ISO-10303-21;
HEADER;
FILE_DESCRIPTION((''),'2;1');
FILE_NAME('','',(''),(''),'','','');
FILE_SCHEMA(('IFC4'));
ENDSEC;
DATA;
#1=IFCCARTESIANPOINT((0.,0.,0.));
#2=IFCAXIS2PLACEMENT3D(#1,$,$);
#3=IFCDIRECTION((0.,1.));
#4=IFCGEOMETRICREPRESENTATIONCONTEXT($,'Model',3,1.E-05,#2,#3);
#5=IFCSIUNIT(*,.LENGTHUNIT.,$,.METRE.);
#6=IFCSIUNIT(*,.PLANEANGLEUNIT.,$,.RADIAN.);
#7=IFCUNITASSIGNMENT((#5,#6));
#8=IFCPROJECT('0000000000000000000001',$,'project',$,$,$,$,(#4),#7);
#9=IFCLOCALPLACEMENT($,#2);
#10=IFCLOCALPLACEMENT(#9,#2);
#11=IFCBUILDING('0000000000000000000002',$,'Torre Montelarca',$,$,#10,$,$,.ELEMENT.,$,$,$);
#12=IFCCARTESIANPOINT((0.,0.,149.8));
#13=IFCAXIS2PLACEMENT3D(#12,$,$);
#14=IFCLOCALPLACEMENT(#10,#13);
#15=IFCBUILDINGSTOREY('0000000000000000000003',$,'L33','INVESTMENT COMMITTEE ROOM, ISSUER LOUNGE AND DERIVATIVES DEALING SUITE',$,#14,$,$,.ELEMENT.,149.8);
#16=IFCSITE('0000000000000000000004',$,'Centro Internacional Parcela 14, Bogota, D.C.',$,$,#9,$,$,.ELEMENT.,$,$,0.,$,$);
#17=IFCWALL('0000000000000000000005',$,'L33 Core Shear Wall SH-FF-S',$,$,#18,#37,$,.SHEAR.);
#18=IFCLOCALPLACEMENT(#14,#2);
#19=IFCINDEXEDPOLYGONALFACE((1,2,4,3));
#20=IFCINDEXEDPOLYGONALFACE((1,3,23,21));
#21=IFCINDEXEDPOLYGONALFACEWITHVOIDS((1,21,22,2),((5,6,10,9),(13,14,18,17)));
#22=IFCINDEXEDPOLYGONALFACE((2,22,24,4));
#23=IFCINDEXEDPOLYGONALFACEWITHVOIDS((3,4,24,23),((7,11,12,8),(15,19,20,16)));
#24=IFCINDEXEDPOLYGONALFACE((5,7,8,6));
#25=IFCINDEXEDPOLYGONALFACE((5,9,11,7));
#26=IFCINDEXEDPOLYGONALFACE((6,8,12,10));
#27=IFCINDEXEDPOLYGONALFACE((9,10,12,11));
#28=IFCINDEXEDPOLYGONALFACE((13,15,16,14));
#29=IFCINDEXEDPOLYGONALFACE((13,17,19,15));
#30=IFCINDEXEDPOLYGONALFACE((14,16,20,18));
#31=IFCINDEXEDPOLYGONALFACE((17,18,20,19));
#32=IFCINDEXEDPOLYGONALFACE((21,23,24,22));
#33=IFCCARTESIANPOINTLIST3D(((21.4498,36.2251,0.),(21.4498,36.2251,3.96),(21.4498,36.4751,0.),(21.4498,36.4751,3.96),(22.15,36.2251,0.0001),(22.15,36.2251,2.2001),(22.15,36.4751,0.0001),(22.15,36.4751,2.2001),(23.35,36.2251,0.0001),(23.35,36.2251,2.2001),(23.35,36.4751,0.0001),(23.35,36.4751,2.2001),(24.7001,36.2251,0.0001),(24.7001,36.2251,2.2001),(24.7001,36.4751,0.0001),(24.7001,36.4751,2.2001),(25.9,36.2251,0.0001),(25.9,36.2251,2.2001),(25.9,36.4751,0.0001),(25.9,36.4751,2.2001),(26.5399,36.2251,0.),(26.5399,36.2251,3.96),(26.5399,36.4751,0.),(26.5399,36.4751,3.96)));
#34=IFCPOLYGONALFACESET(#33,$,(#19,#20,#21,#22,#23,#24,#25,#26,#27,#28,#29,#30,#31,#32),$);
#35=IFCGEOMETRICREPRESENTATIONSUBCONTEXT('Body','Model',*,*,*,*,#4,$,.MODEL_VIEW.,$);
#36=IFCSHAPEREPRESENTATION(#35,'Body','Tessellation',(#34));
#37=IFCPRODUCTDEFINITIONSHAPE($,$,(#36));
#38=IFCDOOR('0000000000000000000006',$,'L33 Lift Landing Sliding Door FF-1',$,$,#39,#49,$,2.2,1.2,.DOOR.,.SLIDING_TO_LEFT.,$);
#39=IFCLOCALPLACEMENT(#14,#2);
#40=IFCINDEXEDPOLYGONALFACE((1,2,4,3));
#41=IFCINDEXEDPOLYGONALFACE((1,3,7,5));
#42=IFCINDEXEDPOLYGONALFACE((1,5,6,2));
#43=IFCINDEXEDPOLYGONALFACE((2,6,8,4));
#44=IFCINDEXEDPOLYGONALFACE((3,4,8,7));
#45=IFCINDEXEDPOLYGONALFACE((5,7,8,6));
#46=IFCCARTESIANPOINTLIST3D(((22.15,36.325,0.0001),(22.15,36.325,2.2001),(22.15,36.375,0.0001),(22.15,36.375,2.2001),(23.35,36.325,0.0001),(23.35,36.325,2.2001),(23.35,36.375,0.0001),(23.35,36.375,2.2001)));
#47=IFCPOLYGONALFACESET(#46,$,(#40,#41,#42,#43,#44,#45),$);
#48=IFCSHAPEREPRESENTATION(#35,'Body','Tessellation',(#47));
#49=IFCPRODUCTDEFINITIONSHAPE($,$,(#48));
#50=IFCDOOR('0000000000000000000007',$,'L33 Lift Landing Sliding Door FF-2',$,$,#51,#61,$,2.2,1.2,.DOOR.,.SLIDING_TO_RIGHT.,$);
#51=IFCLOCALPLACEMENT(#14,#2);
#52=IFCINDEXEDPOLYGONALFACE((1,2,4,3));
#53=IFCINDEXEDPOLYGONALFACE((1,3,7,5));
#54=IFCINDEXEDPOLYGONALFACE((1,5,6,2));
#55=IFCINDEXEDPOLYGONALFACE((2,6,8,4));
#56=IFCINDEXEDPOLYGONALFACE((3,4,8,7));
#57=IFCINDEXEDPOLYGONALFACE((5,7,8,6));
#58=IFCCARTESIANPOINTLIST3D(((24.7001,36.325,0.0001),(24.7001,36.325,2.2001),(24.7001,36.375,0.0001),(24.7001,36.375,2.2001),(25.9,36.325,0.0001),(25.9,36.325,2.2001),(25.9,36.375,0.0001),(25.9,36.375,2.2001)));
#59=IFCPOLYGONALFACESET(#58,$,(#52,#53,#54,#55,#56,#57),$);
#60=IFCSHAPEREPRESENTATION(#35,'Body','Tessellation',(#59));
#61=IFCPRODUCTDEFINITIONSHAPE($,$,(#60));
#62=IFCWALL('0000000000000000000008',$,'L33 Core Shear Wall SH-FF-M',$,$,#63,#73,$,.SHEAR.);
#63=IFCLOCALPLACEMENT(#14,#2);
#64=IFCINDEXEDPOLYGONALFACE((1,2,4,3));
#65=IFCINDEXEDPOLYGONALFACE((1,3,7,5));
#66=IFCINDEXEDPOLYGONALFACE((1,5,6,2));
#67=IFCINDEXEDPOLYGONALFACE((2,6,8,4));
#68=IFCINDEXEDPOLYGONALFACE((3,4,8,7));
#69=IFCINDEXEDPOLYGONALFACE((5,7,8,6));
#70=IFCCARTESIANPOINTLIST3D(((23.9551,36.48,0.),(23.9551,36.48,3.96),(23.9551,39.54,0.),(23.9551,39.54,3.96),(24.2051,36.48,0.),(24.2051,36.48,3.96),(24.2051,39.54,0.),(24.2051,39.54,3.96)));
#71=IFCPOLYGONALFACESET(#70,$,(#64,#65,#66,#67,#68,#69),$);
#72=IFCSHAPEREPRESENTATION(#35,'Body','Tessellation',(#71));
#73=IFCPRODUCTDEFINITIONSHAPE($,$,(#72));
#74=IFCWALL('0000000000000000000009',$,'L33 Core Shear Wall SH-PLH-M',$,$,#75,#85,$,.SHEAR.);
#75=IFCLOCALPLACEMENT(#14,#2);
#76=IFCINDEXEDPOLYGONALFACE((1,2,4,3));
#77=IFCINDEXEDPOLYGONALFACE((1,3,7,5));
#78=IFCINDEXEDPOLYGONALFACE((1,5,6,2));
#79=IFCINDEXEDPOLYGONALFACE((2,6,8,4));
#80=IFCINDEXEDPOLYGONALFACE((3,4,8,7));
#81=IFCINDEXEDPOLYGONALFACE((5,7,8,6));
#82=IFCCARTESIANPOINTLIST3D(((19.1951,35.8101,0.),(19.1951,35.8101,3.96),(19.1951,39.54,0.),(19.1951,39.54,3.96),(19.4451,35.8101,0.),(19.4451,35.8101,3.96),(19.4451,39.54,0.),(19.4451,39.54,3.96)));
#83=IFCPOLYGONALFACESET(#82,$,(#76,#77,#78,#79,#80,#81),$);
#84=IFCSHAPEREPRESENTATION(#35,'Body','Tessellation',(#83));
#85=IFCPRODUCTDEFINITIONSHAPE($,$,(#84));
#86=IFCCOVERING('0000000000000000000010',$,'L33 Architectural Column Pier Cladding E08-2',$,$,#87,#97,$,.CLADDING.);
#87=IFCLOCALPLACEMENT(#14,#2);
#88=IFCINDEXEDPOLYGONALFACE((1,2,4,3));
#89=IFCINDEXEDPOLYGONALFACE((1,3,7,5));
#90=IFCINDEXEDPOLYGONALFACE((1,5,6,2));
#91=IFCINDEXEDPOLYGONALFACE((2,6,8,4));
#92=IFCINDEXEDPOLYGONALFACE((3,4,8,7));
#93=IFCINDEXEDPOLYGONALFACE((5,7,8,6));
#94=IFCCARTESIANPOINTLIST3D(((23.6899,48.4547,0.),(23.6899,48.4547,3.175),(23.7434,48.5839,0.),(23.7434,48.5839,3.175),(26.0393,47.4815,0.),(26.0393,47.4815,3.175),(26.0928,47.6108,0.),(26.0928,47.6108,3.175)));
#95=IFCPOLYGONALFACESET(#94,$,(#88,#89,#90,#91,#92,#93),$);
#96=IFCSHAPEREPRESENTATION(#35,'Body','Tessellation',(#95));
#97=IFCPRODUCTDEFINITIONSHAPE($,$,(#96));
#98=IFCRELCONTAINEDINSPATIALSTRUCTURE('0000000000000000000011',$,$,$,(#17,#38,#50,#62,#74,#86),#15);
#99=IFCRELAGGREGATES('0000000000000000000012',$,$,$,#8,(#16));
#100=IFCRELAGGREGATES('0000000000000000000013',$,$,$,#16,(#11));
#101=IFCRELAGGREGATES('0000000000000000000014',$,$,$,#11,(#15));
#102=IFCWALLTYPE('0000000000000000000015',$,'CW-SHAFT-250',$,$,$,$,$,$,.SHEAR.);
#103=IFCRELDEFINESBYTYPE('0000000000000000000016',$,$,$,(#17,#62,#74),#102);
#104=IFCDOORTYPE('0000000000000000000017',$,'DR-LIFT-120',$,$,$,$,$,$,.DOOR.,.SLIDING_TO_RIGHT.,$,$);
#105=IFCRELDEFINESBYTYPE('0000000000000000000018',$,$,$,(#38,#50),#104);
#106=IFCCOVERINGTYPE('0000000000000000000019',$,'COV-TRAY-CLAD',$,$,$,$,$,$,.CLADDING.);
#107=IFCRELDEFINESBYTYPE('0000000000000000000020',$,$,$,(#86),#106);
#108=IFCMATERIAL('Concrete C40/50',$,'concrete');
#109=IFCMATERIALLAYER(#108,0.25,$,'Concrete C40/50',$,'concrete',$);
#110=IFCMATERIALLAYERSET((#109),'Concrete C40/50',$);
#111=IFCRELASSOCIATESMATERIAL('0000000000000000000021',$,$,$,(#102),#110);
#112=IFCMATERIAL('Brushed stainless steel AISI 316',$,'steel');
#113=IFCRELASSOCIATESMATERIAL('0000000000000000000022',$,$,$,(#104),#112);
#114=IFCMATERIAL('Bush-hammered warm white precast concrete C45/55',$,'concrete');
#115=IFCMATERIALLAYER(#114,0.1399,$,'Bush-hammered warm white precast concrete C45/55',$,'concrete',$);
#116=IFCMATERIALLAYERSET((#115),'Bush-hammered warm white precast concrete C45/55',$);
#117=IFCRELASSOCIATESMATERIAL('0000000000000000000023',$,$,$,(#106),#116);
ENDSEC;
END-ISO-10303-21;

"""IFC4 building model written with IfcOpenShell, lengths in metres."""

from ifc_helpers import new_model, si_unit, direction, frame, frame_2d, origin, origin_2d, place, context, subcontext, project, spatial, rectangle, extrude, source, transform, mapped, material, layer, layer_set, type_object, element, fill, save


model = new_model("IFC4")

# Units and contexts
model_context = context("Model", 3, precision=1e-05, world=origin(), true_north=direction((0.0, 1.0)))
body_context = subcontext(model_context, "Body", "Model", "MODEL_VIEW")
ifc_project = project(units=[si_unit("LENGTHUNIT", "METRE"), si_unit("PLANEANGLEUNIT", "RADIAN")], contexts=[model_context])

# Site, building, storey
site_placement = place(None, origin())
site = spatial("IfcSite", under=ifc_project, at=site_placement, Name="Centro Internacional Parcela 14, Bogota, D.C.", CompositionType="ELEMENT", RefElevation=0.0)
building_placement = place(site_placement, origin())
building = spatial("IfcBuilding", under=site, at=building_placement, Name="Torre Montelarca", CompositionType="ELEMENT")
storey_placement = place(building_placement, frame((0.0, 0.0, 149.8)))
storey = spatial("IfcBuildingStorey", under=building, at=storey_placement, Name="L33", Description="INVESTMENT COMMITTEE ROOM, ISSUER LOUNGE AND DERIVATIVES DEALING SUITE", CompositionType="ELEMENT", Elevation=149.8)

# Wall, openings, doors
ifc_material_1 = material(Name="Concrete C40/50", Category="concrete")
ifc_layer_1 = layer(ifc_material_1, 0.25, Name="Concrete C40/50", Category="concrete")
ifc_layer_set_1 = layer_set([ifc_layer_1], Name="Concrete C40/50")
wall_type = type_object("IfcWallType", Name="CW-SHAFT-250", PredefinedType="SHEAR", material=ifc_layer_set_1)
wall_1_placement = place(storey_placement, frame((21.45, 36.3501, 0.0), z_axis=(0.0, 0.0, 1.0), x_axis=(1.0, 0.0, 0.0)))
wall_1 = element("IfcWall", 1, at=wall_1_placement, inside=storey, type_object=wall_type, Name="L33 Core Shear Wall SH-FF-S", PredefinedType="SHEAR", context=body_context, shape_type="SweptSolid", body=[
    extrude(rectangle(XDim=5.0901, YDim=0.25, at=frame_2d((2.5449, 0.0))), origin(), (0.0, 0.0, 1.0), 3.96),
])
opening_1_placement = place(wall_1_placement, frame((0.7, 0.0, 0.0)))
opening_1 = element("IfcOpeningElement", 2, at=opening_1_placement, cuts=wall_1, PredefinedType="OPENING", context=body_context, shape_type="SweptSolid", body=[
    extrude(rectangle(XDim=1.2, YDim=2.2, at=frame_2d((0.6001, 1.1001))), frame((0.0, 0.135, 0.0), z_axis=(0.0, -1.0, 0.0), x_axis=(1.0, 0.0, 0.0)), (0.0, 0.0, 1.0), 0.27),
])
opening_2_placement = place(wall_1_placement, frame((3.25, 0.0, 0.0)))
opening_2 = element("IfcOpeningElement", 3, at=opening_2_placement, cuts=wall_1, PredefinedType="OPENING", context=body_context, shape_type="SweptSolid", body=[
    extrude(rectangle(XDim=1.2, YDim=2.2, at=frame_2d((0.6001, 1.1001))), frame((0.0, 0.135, 0.0), z_axis=(0.0, -1.0, 0.0), x_axis=(1.0, 0.0, 0.0)), (0.0, 0.0, 1.0), 0.27),
])
ifc_material_2 = material(Name="Brushed stainless steel AISI 316", Category="steel")
door_type = type_object("IfcDoorType", Name="DR-LIFT-120", OperationType="SLIDING_TO_RIGHT", PredefinedType="DOOR", material=ifc_material_2)
shared_shape_1 = source(origin(), body_context, "Body", "SweptSolid", [
    extrude(rectangle(XDim=1.2, YDim=2.2, at=frame_2d((0.6001, 1.1001))), frame((0.0, 0.0249, 0.0), z_axis=(0.0, -1.0, 0.0), x_axis=(1.0, 0.0, 0.0)), (0.0, 0.0, 1.0), 0.05),
])
door_1_placement = place(opening_1_placement, origin())
door_1 = element("IfcDoor", 4, at=door_1_placement, inside=storey, type_object=door_type, Name="L33 Lift Landing Sliding Door FF-1", OperationType="SLIDING_TO_LEFT", OverallHeight=2.2, OverallWidth=1.2, PredefinedType="DOOR", context=body_context, shape_type="MappedRepresentation", body=[
    mapped(shared_shape_1, transform((0.0, 0.0, 0.0), scale=1.0)),
])
fill(opening_1, door_1)
door_2_placement = place(opening_2_placement, origin())
door_2 = element("IfcDoor", 5, at=door_2_placement, inside=storey, type_object=door_type, Name="L33 Lift Landing Sliding Door FF-2", OperationType="SLIDING_TO_RIGHT", OverallHeight=2.2, OverallWidth=1.2, PredefinedType="DOOR", context=body_context, shape_type="MappedRepresentation", body=[
    mapped(shared_shape_1, transform((0.0, 0.0, 0.0), scale=1.0)),
])
fill(opening_2, door_2)

# Walls
wall_2_placement = place(storey_placement, frame((24.0801, 36.48, 0.0), z_axis=(0.0, 0.0, 1.0), x_axis=(0.0, 1.0, 0.0)))
element("IfcWall", 6, at=wall_2_placement, inside=storey, type_object=wall_type, Name="L33 Core Shear Wall SH-FF-M", PredefinedType="SHEAR", context=body_context, shape_type="SweptSolid", body=[
    extrude(rectangle(XDim=3.0601, YDim=0.25, at=frame_2d((1.53, 0.0))), origin(), (0.0, 0.0, 1.0), 3.96),
])
wall_3_placement = place(storey_placement, frame((19.3201, 35.8101, 0.0), z_axis=(0.0, 0.0, 1.0), x_axis=(0.0, 1.0, 0.0)))
element("IfcWall", 7, at=wall_3_placement, inside=storey, type_object=wall_type, Name="L33 Core Shear Wall SH-PLH-M", PredefinedType="SHEAR", context=body_context, shape_type="SweptSolid", body=[
    extrude(rectangle(XDim=3.73, YDim=0.25, at=frame_2d((1.865, 0.0))), origin(), (0.0, 0.0, 1.0), 3.96),
])

# Covering
ifc_material_3 = material(Name="Bush-hammered warm white precast concrete C45/55", Category="concrete")
ifc_layer_2 = layer(ifc_material_3, 0.1399, Name="Bush-hammered warm white precast concrete C45/55", Category="concrete")
ifc_layer_set_2 = layer_set([ifc_layer_2], Name="Bush-hammered warm white precast concrete C45/55")
covering_type = type_object("IfcCoveringType", Name="COV-TRAY-CLAD", PredefinedType="CLADDING", material=ifc_layer_set_2)
shared_shape_2 = source(origin(), body_context, "Body", "SweptSolid", [
    extrude(rectangle(XDim=2.543, YDim=0.1399, at=origin_2d()), origin(), (0.0, 0.0, 1.0), 3.175),
])
covering_placement = place(storey_placement, frame((24.8914, 48.0327, 0.0), z_axis=(0.0, 0.0, 1.0), x_axis=(-0.923879, 0.382685, 0.0)))
element("IfcCovering", 8, at=covering_placement, inside=storey, type_object=covering_type, Name="L33 Architectural Column Pier Cladding E08-2", PredefinedType="CLADDING", context=body_context, shape_type="MappedRepresentation", body=[
    mapped(shared_shape_2, transform((0.0, 0.0, 0.0), scale=1.0)),
])

save(model, "model.ifc")
